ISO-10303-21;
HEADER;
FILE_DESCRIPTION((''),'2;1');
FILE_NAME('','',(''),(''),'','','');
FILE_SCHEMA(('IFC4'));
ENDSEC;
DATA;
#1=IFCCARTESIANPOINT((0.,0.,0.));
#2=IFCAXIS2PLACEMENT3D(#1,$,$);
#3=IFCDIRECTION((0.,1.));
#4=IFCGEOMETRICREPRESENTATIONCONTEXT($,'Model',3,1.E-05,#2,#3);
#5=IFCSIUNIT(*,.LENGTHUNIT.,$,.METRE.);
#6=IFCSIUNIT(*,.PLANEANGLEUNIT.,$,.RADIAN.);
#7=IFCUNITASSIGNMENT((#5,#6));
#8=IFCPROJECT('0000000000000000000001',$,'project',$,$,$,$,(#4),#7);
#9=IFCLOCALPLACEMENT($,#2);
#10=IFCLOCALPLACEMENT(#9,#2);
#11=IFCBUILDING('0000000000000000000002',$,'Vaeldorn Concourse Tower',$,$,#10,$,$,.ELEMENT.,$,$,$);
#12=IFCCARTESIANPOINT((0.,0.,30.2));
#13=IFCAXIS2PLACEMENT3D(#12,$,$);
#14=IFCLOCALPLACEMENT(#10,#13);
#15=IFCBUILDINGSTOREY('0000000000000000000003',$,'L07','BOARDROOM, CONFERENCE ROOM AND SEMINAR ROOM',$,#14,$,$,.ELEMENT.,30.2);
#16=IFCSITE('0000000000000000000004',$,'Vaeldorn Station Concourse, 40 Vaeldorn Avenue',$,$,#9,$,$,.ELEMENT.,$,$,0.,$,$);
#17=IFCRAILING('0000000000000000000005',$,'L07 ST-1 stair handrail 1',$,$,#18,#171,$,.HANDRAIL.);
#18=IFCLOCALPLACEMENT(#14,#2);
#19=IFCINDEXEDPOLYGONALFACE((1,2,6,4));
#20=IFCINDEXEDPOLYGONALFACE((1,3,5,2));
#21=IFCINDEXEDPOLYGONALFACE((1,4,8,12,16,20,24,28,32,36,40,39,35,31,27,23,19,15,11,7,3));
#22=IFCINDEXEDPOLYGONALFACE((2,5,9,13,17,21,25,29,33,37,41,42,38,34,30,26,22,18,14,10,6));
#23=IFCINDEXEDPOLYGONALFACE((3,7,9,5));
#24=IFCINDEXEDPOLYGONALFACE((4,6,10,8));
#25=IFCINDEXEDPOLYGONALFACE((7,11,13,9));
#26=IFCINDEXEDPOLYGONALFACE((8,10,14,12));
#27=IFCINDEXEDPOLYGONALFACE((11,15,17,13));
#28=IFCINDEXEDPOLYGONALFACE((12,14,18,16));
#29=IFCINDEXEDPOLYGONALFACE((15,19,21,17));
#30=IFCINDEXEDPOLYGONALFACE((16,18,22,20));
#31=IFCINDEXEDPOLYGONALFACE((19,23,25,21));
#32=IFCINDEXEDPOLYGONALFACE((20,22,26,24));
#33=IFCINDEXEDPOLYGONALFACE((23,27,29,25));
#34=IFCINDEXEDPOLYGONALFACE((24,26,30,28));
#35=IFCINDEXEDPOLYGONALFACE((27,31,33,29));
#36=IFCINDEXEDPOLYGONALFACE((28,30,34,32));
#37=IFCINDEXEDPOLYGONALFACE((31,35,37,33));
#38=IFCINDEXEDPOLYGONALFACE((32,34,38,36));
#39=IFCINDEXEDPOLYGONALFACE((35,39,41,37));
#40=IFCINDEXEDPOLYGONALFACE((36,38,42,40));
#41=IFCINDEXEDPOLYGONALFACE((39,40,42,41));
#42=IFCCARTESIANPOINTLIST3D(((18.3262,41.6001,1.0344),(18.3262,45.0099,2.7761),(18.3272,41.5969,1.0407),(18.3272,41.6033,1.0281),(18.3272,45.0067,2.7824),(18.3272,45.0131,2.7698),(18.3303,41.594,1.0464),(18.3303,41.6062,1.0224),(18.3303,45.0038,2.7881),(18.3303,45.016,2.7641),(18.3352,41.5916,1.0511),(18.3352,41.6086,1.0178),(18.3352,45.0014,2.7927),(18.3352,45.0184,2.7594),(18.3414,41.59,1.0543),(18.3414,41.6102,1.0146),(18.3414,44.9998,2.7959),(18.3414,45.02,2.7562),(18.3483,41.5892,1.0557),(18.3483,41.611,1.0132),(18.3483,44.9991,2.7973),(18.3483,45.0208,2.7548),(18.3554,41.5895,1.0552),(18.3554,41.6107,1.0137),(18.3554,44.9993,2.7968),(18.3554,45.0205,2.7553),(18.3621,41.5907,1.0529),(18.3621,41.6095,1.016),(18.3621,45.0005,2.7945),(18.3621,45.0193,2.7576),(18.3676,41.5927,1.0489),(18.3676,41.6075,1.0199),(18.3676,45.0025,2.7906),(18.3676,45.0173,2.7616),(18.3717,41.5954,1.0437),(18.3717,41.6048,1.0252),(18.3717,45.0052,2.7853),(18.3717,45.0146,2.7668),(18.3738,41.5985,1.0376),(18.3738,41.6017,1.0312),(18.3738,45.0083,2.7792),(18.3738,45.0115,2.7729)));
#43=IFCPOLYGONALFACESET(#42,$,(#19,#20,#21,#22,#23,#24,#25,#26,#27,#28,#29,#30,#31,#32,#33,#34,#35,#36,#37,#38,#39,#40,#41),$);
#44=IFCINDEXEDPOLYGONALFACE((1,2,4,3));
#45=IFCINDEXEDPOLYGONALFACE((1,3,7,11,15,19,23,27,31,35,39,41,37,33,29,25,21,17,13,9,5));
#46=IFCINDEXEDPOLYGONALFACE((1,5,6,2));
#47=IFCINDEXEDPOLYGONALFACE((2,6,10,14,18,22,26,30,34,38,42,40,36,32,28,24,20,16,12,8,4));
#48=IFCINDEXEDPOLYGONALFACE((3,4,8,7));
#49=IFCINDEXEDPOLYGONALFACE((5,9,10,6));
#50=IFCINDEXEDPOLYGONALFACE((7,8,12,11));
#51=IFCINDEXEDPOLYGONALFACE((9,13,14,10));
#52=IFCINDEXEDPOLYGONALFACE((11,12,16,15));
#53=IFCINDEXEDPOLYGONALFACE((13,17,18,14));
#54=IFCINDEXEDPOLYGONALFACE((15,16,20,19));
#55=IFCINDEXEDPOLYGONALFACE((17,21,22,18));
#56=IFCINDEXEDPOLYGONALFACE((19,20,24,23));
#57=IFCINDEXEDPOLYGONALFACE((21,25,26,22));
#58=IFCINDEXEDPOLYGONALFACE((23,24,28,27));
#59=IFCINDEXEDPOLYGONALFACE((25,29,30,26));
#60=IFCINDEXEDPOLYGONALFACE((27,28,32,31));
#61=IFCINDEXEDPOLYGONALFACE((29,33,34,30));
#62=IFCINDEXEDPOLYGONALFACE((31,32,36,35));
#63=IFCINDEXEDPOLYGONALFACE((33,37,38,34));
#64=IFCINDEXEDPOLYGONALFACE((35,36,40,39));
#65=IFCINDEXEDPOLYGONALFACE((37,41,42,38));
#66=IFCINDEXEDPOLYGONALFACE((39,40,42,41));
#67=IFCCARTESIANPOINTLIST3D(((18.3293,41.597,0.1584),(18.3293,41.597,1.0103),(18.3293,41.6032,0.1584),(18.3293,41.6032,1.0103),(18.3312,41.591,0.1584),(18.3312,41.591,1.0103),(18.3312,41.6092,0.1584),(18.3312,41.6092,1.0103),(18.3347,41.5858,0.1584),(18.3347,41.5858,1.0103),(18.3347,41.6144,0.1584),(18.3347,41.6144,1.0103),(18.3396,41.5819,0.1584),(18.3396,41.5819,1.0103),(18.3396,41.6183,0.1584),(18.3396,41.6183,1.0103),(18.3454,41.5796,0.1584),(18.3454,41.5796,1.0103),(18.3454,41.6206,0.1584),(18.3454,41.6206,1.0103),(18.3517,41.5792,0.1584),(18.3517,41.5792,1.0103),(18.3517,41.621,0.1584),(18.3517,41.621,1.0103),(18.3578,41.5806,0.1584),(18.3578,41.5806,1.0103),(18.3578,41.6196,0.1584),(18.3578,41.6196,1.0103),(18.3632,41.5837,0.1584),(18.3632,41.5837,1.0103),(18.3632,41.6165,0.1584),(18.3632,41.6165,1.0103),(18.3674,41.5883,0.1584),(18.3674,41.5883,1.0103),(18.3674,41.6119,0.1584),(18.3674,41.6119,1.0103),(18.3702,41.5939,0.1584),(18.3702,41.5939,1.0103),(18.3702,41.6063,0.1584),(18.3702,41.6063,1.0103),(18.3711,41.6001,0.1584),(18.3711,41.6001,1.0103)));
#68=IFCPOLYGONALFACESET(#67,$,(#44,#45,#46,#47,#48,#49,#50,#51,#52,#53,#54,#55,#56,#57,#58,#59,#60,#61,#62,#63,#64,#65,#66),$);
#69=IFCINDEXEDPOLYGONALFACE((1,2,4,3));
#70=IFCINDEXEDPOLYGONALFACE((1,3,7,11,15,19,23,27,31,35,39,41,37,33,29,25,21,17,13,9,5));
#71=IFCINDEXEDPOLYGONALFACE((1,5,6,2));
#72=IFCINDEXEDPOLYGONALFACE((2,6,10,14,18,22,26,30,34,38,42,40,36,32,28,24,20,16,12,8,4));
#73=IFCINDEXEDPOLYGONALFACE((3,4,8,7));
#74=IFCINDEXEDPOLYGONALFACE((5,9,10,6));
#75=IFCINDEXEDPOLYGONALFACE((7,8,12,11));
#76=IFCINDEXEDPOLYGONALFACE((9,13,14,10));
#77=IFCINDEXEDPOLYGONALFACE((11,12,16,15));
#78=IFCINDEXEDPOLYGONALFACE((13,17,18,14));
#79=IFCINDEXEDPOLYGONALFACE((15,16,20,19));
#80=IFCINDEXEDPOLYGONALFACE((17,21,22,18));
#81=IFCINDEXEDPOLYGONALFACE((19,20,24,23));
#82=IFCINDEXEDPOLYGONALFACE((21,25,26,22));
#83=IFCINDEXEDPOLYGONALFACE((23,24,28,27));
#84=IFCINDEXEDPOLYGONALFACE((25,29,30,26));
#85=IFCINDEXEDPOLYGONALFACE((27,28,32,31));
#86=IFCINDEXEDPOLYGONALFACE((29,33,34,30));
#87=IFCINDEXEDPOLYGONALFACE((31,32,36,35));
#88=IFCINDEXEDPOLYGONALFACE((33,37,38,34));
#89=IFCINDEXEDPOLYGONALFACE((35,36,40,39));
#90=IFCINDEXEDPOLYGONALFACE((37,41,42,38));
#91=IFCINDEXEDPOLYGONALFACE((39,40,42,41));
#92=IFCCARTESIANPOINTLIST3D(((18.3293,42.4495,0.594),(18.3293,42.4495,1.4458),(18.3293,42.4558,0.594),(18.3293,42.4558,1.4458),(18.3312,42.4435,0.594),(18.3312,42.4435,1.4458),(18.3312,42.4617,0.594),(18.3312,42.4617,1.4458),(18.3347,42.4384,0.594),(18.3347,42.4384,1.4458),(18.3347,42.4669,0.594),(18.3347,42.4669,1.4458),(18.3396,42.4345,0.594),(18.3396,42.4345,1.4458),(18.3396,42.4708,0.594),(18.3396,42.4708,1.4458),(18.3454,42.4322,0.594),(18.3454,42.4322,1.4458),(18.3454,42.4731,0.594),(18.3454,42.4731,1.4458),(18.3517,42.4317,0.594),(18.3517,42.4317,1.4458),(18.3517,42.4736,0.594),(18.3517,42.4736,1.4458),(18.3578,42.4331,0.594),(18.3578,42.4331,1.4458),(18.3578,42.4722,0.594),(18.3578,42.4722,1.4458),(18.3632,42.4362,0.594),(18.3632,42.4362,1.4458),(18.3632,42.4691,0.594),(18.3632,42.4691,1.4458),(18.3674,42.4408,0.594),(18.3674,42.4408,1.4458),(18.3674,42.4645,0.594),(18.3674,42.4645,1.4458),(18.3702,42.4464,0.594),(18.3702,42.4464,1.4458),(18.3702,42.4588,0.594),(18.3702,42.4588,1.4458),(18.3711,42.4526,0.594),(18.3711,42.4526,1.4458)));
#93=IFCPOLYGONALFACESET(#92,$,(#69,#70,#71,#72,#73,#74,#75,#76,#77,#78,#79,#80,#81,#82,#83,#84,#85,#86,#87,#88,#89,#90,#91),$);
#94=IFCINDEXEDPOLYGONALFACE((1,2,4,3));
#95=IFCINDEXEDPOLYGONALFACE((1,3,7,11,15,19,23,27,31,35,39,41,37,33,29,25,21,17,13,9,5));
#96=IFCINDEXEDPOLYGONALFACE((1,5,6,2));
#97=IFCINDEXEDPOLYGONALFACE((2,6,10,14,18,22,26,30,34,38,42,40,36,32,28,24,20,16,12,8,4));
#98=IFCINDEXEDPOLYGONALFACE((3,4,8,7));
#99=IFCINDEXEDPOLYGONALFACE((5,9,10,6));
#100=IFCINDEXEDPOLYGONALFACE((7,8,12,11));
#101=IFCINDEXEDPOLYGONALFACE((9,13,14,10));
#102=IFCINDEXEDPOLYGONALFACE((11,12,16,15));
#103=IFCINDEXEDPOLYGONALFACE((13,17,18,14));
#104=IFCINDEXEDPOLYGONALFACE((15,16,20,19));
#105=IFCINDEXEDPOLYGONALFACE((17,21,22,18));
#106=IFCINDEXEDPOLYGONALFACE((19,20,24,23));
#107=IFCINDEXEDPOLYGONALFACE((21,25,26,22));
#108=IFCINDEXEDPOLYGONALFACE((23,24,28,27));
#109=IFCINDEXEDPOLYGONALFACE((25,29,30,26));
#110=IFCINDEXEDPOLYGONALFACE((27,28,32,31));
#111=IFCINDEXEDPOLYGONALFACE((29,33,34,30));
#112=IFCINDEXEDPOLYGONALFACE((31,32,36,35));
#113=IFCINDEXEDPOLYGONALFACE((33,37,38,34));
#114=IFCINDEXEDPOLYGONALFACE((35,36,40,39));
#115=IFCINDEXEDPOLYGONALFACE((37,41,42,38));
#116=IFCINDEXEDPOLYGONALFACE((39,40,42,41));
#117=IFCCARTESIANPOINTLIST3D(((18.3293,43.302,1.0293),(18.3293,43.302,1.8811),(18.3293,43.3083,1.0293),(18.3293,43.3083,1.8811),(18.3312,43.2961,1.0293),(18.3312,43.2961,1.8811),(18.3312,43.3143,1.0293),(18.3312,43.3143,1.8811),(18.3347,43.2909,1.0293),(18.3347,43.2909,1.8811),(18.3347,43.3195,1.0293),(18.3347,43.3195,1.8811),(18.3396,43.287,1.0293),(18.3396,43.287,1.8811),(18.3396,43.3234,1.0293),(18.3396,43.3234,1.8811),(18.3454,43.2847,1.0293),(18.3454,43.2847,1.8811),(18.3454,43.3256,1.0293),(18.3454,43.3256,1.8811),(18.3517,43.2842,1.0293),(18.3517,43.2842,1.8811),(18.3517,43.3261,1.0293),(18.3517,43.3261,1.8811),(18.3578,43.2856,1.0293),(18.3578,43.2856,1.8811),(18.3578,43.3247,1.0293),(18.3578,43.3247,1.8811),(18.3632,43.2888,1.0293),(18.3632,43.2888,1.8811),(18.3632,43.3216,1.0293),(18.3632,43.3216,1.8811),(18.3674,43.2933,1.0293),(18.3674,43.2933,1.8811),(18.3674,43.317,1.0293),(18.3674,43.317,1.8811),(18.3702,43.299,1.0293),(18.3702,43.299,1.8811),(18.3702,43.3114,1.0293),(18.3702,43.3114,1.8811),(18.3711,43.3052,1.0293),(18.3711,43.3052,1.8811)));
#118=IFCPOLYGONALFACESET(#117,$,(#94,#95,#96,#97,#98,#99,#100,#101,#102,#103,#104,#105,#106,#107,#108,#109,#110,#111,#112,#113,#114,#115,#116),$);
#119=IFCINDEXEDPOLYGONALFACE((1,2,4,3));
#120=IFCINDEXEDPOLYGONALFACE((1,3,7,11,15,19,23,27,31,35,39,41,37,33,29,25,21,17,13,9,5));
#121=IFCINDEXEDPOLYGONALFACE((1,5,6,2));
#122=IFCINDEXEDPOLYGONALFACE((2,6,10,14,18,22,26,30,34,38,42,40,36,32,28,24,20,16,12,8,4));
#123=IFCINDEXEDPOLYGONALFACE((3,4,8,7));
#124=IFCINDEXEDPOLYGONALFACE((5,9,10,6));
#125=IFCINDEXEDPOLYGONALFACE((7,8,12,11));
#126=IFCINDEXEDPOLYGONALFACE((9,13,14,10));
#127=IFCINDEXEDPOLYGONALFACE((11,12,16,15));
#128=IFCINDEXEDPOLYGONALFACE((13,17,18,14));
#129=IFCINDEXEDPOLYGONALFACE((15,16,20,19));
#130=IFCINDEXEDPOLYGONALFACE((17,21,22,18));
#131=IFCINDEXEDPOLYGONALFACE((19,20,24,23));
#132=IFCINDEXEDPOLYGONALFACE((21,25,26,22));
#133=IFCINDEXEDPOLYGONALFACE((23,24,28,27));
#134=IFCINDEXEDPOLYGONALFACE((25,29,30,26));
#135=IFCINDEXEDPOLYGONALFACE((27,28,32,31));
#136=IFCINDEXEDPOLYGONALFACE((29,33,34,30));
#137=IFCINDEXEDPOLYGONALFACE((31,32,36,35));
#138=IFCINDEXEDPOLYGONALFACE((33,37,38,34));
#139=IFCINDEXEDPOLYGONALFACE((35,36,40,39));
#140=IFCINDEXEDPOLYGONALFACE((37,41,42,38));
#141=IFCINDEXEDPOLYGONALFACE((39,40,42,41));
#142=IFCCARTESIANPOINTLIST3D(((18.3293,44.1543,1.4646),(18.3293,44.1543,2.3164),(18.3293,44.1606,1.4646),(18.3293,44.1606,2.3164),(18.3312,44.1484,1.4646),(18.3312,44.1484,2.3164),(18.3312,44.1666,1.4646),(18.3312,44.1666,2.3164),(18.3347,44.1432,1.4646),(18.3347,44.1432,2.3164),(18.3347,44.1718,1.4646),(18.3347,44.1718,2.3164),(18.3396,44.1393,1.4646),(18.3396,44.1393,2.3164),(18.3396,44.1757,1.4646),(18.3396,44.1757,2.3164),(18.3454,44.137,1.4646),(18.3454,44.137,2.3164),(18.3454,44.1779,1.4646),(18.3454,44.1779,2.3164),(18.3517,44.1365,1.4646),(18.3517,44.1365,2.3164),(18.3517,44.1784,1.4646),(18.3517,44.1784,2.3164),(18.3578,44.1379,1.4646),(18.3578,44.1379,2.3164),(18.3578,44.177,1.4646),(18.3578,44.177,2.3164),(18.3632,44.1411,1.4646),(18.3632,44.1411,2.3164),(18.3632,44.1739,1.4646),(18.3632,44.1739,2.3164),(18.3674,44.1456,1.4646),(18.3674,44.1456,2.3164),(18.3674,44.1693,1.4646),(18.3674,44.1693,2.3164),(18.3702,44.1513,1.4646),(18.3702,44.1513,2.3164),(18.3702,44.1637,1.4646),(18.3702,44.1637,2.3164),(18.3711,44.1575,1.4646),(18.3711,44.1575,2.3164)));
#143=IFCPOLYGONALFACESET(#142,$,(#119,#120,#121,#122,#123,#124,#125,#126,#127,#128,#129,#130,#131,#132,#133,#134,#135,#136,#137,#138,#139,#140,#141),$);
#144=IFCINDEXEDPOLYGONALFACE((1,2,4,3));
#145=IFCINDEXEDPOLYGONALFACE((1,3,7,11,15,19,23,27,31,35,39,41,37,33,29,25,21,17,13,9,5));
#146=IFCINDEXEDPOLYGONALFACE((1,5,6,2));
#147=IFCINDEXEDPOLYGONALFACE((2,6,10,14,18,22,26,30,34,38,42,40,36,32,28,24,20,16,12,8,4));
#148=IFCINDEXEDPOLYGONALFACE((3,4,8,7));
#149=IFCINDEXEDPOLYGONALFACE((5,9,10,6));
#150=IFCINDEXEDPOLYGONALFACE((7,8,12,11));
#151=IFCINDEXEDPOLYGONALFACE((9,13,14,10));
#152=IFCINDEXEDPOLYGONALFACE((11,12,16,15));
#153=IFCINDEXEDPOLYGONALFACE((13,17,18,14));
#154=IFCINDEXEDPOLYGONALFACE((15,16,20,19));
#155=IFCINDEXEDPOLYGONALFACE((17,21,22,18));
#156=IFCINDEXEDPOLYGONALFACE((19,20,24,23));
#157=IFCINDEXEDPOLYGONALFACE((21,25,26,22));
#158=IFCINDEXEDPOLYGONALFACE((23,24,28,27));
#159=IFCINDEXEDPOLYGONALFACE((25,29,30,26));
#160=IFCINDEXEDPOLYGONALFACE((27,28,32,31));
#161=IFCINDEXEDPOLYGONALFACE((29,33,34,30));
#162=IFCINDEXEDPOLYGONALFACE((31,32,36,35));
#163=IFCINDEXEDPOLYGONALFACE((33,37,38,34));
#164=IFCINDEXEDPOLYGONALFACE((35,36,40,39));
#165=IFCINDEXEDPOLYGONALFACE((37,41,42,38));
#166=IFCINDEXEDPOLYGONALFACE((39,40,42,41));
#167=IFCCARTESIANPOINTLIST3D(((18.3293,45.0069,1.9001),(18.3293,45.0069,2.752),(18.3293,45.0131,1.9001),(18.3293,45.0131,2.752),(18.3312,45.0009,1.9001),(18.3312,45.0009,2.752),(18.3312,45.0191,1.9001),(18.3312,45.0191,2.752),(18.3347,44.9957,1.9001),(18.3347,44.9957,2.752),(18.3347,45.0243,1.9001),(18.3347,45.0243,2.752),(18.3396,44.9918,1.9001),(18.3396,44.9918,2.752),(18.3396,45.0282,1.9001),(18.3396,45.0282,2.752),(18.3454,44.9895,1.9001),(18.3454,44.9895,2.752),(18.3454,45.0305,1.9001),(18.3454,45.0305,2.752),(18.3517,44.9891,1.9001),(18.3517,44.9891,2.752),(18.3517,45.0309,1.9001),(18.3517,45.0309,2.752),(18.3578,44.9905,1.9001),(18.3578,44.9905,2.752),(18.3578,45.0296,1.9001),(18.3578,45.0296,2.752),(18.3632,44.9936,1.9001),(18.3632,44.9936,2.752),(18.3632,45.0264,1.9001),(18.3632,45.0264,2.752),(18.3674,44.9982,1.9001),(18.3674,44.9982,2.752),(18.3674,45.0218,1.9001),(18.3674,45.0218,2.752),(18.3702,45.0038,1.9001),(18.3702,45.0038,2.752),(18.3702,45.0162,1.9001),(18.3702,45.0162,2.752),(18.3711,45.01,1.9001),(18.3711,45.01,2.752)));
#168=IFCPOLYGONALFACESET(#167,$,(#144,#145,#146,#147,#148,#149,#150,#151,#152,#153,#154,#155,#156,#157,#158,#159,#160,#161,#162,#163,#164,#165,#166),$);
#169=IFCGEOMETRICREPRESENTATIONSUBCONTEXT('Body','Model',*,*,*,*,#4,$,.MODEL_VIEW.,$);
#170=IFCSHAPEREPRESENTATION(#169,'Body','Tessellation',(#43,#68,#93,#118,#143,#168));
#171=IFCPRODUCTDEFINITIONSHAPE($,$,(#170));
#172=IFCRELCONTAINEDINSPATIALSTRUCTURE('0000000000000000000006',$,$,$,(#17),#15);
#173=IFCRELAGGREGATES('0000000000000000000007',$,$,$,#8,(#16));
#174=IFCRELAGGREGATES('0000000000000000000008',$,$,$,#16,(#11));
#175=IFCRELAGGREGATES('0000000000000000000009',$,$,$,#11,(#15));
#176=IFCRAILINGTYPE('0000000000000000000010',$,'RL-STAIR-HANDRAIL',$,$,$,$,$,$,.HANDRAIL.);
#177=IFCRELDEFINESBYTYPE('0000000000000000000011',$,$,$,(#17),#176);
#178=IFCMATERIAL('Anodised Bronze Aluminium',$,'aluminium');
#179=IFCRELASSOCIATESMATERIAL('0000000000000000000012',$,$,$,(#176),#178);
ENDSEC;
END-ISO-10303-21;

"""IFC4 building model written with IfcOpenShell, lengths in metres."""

from ifc_helpers import new_model, si_unit, direction, frame, origin, origin_2d, place, context, subcontext, project, spatial, circle, extrude, material, type_object, element, save


model = new_model("IFC4")

# Units and contexts
model_context = context("Model", 3, precision=1e-05, world=origin(), true_north=direction((0.0, 1.0)))
body_context = subcontext(model_context, "Body", "Model", "MODEL_VIEW")
ifc_project = project(units=[si_unit("LENGTHUNIT", "METRE"), si_unit("PLANEANGLEUNIT", "RADIAN")], contexts=[model_context])

# Site, building, storey
site_placement = place(None, origin())
site = spatial("IfcSite", under=ifc_project, at=site_placement, Name="Vaeldorn Station Concourse, 40 Vaeldorn Avenue", CompositionType="ELEMENT", RefElevation=0.0)
building_placement = place(site_placement, origin())
building = spatial("IfcBuilding", under=site, at=building_placement, Name="Vaeldorn Concourse Tower", CompositionType="ELEMENT")
storey_placement = place(building_placement, frame((0.0, 0.0, 30.2)))
storey = spatial("IfcBuildingStorey", under=building, at=storey_placement, Name="L07", Description="BOARDROOM, CONFERENCE ROOM AND SEMINAR ROOM", CompositionType="ELEMENT", Elevation=30.2)

# Shared definitions
ifc_material_1 = material(Name="Anodised Bronze Aluminium", Category="aluminium")

# Railing
railing_type_1 = type_object("IfcRailingType", Name="RL-STAIR-HANDRAIL", PredefinedType="HANDRAIL", material=ifc_material_1)
railing_1_placement = place(storey_placement, frame((18.3501, 41.6001, 0.1584)))
element("IfcRailing", 1, at=railing_1_placement, inside=storey, type_object=railing_type_1, Name="L07 ST-1 stair handrail 1", PredefinedType="HANDRAIL", context=body_context, shape_type="SweptSolid", body=[
    extrude(circle(Radius=0.0239, at=origin_2d()), frame((0.0, 0.0, 0.876), z_axis=(0.0, 0.890556, 0.454874), x_axis=(-1.0, 0.0, 0.0)), (0.0, 0.0, 1.0), 3.8289),
    extrude(circle(Radius=0.021, at=origin_2d()), origin(), (0.0, 0.0, 1.0), 0.8518),
    extrude(circle(Radius=0.021, at=origin_2d()), frame((0.0, 0.8525, 0.4355)), (0.0, 0.0, 1.0), 0.8518),
    extrude(circle(Radius=0.021, at=origin_2d()), frame((0.0, 1.7051, 0.8708)), (0.0, 0.0, 1.0), 0.8518),
    extrude(circle(Radius=0.021, at=origin_2d()), frame((0.0, 2.5574, 1.3062)), (0.0, 0.0, 1.0), 0.8518),
    extrude(circle(Radius=0.021, at=origin_2d()), frame((0.0, 3.4099, 1.7417)), (0.0, 0.0, 1.0), 0.8518),
])

save(model, "model.ifc")
